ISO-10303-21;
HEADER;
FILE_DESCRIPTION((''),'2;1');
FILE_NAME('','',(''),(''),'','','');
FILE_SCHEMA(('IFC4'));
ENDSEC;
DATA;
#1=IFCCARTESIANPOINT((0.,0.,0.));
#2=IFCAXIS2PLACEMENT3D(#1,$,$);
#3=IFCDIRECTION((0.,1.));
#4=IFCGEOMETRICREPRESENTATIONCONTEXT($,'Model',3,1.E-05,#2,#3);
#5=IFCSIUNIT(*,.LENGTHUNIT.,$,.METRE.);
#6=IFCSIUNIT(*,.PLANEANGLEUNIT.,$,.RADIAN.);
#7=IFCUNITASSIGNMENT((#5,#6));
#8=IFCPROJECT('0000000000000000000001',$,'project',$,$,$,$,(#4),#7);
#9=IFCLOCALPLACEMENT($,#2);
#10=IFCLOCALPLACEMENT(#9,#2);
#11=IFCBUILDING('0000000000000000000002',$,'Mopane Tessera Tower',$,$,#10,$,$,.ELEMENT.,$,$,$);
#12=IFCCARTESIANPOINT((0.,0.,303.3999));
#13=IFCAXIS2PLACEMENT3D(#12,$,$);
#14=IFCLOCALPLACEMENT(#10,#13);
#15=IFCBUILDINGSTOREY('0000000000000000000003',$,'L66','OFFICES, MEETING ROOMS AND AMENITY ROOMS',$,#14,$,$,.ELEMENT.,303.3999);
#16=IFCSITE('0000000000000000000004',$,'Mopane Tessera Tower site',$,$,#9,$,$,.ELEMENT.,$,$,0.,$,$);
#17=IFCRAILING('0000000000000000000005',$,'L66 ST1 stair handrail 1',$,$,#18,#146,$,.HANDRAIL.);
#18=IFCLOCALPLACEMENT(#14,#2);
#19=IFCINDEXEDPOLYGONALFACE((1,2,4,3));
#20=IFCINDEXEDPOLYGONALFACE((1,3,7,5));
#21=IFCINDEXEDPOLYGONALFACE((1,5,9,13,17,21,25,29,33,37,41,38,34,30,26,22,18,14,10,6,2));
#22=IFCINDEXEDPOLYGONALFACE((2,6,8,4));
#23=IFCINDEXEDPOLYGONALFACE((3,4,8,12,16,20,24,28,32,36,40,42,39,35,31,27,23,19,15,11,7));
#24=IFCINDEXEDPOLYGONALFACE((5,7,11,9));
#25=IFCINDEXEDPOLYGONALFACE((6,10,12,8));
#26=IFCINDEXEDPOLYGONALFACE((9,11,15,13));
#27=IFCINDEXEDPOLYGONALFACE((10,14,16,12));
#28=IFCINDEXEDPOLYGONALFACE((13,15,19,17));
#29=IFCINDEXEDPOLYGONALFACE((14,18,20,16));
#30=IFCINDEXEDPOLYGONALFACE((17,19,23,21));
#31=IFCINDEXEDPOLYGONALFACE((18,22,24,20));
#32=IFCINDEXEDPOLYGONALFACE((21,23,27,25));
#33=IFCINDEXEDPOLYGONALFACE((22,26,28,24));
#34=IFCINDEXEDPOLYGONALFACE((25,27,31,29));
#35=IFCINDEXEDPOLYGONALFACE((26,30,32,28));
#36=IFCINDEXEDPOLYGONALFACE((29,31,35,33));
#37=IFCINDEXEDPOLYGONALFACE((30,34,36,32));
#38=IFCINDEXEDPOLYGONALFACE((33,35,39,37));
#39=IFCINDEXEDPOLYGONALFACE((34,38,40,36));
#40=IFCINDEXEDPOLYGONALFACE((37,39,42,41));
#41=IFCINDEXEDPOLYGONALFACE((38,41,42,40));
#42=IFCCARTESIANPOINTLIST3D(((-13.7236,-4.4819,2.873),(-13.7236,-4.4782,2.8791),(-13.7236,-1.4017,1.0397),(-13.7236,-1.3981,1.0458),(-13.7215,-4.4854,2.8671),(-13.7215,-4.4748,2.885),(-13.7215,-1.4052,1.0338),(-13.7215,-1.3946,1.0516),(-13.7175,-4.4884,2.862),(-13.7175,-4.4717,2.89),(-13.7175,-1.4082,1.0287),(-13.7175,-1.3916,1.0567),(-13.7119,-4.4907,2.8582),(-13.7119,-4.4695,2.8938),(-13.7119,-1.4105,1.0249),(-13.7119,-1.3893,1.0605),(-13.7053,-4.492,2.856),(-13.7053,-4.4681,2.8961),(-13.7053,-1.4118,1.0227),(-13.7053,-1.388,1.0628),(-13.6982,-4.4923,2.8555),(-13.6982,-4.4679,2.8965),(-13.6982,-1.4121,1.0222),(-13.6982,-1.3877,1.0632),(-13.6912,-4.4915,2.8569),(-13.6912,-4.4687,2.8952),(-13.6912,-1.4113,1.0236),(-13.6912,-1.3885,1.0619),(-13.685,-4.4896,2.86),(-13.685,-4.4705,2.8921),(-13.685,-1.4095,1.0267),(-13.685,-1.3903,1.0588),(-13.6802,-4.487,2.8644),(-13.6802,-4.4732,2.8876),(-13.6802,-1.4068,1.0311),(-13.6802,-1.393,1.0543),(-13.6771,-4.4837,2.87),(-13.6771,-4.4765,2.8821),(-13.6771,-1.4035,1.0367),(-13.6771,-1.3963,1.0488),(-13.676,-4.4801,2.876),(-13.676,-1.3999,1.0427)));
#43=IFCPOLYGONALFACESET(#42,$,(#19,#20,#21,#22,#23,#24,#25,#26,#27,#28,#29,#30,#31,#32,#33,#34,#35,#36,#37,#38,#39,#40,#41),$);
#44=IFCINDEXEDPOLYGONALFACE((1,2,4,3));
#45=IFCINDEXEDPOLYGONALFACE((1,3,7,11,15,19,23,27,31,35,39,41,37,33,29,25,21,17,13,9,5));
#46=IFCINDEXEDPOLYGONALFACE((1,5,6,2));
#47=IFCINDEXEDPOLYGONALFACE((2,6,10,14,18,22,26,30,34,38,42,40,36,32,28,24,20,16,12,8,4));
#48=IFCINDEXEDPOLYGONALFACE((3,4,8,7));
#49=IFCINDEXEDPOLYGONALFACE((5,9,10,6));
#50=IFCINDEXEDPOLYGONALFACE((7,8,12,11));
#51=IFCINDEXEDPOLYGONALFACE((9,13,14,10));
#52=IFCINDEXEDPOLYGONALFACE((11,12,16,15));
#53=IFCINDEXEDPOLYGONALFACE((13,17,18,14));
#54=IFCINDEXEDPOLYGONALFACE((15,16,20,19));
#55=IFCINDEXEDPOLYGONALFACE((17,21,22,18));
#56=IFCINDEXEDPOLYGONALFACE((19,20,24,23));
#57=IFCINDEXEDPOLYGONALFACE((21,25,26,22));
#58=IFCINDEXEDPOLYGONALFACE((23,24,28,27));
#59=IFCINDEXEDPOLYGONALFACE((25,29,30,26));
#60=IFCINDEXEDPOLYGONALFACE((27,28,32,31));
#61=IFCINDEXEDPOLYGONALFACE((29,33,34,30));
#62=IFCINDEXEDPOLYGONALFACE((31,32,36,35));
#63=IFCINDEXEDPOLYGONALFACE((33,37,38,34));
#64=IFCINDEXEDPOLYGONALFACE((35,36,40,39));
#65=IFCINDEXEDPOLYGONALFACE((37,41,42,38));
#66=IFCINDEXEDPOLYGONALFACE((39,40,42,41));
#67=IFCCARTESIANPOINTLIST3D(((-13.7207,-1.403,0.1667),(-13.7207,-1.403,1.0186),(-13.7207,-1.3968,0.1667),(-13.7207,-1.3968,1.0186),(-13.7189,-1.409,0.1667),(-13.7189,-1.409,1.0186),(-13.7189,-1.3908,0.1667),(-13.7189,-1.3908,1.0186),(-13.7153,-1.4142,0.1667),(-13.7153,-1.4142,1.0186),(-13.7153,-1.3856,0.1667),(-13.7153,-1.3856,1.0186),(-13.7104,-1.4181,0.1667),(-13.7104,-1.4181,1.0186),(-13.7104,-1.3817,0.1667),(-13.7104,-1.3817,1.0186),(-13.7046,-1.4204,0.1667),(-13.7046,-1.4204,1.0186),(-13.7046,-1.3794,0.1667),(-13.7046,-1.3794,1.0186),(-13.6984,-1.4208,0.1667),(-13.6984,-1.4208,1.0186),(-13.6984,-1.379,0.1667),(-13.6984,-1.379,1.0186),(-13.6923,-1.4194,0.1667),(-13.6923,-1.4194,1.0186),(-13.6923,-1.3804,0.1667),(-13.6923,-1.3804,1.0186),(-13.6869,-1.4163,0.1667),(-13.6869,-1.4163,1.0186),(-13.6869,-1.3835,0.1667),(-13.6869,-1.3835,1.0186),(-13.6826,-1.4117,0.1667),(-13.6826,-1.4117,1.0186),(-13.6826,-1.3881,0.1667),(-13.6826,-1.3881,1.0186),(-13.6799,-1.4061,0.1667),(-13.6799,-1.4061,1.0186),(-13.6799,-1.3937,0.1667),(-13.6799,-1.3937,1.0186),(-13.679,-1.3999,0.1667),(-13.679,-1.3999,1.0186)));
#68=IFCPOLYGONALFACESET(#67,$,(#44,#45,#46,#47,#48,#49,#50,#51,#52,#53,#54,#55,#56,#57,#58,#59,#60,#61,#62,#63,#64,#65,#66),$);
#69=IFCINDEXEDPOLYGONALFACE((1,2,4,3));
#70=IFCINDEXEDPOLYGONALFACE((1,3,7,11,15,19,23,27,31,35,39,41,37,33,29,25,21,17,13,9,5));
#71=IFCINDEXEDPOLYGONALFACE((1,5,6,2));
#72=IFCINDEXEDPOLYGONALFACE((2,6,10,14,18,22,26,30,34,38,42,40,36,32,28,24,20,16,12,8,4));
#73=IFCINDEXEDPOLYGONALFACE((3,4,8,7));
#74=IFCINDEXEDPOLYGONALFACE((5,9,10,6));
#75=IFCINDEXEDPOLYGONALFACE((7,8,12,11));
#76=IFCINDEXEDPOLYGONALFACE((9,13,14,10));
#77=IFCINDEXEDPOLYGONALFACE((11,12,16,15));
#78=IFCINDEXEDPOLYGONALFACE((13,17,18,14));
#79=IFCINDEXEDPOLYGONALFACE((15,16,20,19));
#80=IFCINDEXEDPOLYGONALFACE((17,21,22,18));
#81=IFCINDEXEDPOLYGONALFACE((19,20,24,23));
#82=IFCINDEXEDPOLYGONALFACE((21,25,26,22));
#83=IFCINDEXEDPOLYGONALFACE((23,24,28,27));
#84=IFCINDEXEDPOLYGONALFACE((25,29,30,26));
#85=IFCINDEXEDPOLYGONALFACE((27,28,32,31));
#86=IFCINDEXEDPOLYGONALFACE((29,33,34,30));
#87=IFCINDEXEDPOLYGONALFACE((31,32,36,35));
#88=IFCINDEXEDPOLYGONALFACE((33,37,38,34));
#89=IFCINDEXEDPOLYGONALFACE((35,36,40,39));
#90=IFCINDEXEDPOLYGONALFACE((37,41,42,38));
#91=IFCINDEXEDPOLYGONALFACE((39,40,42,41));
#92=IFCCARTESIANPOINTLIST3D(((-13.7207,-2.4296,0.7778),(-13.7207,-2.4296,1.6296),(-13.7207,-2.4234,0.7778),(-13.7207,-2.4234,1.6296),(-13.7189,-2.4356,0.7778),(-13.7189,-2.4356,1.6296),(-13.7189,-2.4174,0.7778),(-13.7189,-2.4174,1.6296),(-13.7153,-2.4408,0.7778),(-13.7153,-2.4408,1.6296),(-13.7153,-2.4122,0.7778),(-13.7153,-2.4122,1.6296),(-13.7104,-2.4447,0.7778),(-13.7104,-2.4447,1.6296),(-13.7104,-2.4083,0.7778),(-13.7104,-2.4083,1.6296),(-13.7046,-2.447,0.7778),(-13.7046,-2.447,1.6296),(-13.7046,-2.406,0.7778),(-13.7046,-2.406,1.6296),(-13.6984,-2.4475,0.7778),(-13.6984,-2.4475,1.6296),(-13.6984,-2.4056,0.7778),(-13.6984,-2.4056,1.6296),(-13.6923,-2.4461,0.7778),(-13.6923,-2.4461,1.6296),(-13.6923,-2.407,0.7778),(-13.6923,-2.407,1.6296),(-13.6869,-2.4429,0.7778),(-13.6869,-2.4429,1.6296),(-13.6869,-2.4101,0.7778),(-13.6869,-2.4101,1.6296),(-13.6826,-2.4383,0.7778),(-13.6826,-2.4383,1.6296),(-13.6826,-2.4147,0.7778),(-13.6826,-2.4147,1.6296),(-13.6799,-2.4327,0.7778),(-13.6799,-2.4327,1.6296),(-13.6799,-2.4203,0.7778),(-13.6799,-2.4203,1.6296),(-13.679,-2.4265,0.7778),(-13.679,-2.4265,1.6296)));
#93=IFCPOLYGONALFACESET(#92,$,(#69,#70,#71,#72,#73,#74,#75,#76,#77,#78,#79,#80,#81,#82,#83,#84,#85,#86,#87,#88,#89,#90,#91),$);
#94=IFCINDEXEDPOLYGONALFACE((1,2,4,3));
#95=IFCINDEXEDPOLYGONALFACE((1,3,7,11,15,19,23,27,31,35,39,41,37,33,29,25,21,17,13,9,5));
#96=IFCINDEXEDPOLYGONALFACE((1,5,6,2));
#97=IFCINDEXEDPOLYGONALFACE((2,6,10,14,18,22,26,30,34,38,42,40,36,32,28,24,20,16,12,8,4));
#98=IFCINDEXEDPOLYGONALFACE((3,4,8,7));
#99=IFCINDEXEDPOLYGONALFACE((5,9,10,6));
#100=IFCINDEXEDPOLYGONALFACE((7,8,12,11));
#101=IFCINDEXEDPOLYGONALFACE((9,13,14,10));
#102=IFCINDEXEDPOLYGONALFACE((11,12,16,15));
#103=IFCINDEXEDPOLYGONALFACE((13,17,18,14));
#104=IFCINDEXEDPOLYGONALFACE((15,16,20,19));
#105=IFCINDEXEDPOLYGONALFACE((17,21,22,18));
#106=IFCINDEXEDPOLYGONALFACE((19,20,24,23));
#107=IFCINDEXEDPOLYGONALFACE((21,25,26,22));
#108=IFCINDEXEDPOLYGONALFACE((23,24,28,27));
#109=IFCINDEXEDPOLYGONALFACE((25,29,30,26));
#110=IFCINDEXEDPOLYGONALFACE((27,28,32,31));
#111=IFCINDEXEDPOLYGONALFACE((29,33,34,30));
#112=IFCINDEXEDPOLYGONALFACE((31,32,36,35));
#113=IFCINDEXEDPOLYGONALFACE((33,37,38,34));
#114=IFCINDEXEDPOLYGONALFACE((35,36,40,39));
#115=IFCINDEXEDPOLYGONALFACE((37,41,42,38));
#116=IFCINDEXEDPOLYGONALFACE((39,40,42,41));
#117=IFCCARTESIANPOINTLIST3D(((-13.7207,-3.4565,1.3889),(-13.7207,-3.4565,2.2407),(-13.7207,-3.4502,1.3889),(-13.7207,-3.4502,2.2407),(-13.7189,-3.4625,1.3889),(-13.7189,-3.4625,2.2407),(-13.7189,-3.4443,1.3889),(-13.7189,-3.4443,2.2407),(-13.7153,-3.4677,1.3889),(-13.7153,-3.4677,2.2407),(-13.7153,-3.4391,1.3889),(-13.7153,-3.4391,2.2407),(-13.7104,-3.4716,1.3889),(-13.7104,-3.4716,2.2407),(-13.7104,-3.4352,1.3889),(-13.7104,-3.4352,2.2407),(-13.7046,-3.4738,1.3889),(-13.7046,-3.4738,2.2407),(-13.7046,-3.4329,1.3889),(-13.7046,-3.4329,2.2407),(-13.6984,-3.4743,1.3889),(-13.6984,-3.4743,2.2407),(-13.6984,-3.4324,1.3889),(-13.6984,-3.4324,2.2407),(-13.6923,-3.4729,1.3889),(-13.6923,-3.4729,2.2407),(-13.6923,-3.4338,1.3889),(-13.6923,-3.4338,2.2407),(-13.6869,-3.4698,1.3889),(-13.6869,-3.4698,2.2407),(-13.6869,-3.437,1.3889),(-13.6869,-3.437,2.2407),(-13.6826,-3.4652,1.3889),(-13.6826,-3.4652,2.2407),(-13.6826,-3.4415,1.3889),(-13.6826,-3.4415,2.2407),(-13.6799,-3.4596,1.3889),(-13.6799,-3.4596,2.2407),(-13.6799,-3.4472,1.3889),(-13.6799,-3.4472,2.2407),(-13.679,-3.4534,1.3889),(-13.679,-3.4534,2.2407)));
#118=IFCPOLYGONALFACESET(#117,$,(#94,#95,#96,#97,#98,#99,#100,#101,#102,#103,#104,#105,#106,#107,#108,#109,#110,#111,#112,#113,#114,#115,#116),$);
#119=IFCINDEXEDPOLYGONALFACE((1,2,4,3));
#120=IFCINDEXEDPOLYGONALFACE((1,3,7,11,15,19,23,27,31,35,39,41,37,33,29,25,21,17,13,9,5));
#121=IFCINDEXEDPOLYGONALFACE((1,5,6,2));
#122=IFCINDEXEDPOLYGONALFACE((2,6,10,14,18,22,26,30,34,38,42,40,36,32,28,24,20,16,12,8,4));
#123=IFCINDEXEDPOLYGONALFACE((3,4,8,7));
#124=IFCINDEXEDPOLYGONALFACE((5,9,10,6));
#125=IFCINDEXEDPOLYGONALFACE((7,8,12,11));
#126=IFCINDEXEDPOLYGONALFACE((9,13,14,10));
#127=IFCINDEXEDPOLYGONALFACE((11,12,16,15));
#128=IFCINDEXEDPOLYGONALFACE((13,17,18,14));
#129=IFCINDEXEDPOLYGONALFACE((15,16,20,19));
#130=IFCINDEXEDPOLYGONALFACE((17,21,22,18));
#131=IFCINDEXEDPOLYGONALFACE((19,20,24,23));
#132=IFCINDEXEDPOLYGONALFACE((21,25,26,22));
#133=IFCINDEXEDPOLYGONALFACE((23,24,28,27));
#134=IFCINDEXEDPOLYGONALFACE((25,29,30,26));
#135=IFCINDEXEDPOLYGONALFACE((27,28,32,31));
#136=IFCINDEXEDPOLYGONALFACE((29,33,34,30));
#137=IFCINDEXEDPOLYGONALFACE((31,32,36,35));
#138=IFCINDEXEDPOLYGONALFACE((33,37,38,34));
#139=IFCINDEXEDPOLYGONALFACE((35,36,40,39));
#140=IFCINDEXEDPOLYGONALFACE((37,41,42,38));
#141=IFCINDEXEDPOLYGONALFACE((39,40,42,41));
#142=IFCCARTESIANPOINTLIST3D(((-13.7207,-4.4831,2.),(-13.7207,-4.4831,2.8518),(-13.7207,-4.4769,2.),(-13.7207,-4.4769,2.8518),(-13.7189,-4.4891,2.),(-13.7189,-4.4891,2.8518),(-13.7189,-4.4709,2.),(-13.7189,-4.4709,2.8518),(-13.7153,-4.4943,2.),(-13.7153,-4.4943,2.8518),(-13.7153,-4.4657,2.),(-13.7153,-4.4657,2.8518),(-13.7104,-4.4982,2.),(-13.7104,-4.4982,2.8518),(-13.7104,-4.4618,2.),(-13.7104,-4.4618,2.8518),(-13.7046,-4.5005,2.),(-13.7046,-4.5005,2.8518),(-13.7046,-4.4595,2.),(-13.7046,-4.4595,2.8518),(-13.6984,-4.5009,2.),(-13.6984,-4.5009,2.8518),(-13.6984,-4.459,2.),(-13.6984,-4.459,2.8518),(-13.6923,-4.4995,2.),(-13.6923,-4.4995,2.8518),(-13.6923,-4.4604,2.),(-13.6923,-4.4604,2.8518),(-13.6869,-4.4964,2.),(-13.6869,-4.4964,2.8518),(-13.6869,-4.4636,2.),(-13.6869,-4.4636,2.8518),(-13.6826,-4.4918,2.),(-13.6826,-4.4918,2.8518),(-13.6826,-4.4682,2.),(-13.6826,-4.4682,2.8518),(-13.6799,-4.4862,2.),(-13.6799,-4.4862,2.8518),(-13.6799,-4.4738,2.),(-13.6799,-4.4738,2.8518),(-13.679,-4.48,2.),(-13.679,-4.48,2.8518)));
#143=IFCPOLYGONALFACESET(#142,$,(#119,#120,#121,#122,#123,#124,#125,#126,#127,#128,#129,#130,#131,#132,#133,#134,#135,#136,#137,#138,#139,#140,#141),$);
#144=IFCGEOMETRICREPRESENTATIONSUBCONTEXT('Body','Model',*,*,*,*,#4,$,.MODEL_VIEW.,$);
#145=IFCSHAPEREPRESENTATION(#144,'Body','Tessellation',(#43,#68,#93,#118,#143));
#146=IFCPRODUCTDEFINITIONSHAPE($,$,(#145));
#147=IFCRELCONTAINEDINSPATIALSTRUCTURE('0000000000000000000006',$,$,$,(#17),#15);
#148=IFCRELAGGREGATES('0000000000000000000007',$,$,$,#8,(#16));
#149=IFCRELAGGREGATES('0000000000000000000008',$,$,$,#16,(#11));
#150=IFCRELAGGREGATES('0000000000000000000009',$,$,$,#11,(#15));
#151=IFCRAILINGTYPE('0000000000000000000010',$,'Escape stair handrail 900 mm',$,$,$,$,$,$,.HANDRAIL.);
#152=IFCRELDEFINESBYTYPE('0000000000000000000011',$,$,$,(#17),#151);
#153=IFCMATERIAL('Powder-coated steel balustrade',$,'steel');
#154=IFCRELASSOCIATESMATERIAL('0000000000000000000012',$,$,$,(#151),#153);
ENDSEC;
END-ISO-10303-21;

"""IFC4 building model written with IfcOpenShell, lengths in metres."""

from ifc_helpers import new_model, si_unit, direction, frame, origin, origin_2d, place, context, subcontext, project, spatial, circle, extrude, material, type_object, element, save


model = new_model("IFC4")

# Units and contexts
model_context = context("Model", 3, precision=1e-05, world=origin(), true_north=direction((0.0, 1.0)))
body_context = subcontext(model_context, "Body", "Model", "MODEL_VIEW")
ifc_project = project(units=[si_unit("LENGTHUNIT", "METRE"), si_unit("PLANEANGLEUNIT", "RADIAN")], contexts=[model_context])

# Site, building, storey
site_placement = place(None, origin())
site = spatial("IfcSite", under=ifc_project, at=site_placement, Name="Mopane Tessera Tower site", CompositionType="ELEMENT", RefElevation=0.0)
building_placement = place(site_placement, origin())
building = spatial("IfcBuilding", under=site, at=building_placement, Name="Mopane Tessera Tower", CompositionType="ELEMENT")
storey_placement = place(building_placement, frame((0.0, 0.0, 303.3999)))
storey = spatial("IfcBuildingStorey", under=building, at=storey_placement, Name="L66", Description="OFFICES, MEETING ROOMS AND AMENITY ROOMS", CompositionType="ELEMENT", Elevation=303.3999)

# Railing
ifc_material_1 = material(Name="Powder-coated steel balustrade", Category="steel")
railing_type_1 = type_object("IfcRailingType", Name="Escape stair handrail 900 mm", PredefinedType="HANDRAIL", material=ifc_material_1)
railing_1_placement = place(storey_placement, frame((-13.7, -1.3999, 0.1667)))
element("IfcRailing", 1, at=railing_1_placement, inside=storey, type_object=railing_type_1, Name="L66 ST1 stair handrail 1", PredefinedType="HANDRAIL", context=body_context, shape_type="SweptSolid", body=[
    extrude(circle(Radius=0.0239, at=origin_2d()), frame((0.0, 0.0, 0.876), z_axis=(0.0, -0.859309, 0.511458), x_axis=(1.0, 0.0, 0.0)), (0.0, 0.0, 1.0), 3.5845),
    extrude(circle(Radius=0.021, at=origin_2d()), origin(), (0.0, 0.0, 1.0), 0.8518),
    extrude(circle(Radius=0.021, at=origin_2d()), frame((0.0, -1.0266, 0.6111)), (0.0, 0.0, 1.0), 0.8518),
    extrude(circle(Radius=0.021, at=origin_2d()), frame((0.0, -2.0535, 1.2222)), (0.0, 0.0, 1.0), 0.8518),
    extrude(circle(Radius=0.021, at=origin_2d()), frame((0.0, -3.0801, 1.8333)), (0.0, 0.0, 1.0), 0.8518),
])

save(model, "model.ifc")
